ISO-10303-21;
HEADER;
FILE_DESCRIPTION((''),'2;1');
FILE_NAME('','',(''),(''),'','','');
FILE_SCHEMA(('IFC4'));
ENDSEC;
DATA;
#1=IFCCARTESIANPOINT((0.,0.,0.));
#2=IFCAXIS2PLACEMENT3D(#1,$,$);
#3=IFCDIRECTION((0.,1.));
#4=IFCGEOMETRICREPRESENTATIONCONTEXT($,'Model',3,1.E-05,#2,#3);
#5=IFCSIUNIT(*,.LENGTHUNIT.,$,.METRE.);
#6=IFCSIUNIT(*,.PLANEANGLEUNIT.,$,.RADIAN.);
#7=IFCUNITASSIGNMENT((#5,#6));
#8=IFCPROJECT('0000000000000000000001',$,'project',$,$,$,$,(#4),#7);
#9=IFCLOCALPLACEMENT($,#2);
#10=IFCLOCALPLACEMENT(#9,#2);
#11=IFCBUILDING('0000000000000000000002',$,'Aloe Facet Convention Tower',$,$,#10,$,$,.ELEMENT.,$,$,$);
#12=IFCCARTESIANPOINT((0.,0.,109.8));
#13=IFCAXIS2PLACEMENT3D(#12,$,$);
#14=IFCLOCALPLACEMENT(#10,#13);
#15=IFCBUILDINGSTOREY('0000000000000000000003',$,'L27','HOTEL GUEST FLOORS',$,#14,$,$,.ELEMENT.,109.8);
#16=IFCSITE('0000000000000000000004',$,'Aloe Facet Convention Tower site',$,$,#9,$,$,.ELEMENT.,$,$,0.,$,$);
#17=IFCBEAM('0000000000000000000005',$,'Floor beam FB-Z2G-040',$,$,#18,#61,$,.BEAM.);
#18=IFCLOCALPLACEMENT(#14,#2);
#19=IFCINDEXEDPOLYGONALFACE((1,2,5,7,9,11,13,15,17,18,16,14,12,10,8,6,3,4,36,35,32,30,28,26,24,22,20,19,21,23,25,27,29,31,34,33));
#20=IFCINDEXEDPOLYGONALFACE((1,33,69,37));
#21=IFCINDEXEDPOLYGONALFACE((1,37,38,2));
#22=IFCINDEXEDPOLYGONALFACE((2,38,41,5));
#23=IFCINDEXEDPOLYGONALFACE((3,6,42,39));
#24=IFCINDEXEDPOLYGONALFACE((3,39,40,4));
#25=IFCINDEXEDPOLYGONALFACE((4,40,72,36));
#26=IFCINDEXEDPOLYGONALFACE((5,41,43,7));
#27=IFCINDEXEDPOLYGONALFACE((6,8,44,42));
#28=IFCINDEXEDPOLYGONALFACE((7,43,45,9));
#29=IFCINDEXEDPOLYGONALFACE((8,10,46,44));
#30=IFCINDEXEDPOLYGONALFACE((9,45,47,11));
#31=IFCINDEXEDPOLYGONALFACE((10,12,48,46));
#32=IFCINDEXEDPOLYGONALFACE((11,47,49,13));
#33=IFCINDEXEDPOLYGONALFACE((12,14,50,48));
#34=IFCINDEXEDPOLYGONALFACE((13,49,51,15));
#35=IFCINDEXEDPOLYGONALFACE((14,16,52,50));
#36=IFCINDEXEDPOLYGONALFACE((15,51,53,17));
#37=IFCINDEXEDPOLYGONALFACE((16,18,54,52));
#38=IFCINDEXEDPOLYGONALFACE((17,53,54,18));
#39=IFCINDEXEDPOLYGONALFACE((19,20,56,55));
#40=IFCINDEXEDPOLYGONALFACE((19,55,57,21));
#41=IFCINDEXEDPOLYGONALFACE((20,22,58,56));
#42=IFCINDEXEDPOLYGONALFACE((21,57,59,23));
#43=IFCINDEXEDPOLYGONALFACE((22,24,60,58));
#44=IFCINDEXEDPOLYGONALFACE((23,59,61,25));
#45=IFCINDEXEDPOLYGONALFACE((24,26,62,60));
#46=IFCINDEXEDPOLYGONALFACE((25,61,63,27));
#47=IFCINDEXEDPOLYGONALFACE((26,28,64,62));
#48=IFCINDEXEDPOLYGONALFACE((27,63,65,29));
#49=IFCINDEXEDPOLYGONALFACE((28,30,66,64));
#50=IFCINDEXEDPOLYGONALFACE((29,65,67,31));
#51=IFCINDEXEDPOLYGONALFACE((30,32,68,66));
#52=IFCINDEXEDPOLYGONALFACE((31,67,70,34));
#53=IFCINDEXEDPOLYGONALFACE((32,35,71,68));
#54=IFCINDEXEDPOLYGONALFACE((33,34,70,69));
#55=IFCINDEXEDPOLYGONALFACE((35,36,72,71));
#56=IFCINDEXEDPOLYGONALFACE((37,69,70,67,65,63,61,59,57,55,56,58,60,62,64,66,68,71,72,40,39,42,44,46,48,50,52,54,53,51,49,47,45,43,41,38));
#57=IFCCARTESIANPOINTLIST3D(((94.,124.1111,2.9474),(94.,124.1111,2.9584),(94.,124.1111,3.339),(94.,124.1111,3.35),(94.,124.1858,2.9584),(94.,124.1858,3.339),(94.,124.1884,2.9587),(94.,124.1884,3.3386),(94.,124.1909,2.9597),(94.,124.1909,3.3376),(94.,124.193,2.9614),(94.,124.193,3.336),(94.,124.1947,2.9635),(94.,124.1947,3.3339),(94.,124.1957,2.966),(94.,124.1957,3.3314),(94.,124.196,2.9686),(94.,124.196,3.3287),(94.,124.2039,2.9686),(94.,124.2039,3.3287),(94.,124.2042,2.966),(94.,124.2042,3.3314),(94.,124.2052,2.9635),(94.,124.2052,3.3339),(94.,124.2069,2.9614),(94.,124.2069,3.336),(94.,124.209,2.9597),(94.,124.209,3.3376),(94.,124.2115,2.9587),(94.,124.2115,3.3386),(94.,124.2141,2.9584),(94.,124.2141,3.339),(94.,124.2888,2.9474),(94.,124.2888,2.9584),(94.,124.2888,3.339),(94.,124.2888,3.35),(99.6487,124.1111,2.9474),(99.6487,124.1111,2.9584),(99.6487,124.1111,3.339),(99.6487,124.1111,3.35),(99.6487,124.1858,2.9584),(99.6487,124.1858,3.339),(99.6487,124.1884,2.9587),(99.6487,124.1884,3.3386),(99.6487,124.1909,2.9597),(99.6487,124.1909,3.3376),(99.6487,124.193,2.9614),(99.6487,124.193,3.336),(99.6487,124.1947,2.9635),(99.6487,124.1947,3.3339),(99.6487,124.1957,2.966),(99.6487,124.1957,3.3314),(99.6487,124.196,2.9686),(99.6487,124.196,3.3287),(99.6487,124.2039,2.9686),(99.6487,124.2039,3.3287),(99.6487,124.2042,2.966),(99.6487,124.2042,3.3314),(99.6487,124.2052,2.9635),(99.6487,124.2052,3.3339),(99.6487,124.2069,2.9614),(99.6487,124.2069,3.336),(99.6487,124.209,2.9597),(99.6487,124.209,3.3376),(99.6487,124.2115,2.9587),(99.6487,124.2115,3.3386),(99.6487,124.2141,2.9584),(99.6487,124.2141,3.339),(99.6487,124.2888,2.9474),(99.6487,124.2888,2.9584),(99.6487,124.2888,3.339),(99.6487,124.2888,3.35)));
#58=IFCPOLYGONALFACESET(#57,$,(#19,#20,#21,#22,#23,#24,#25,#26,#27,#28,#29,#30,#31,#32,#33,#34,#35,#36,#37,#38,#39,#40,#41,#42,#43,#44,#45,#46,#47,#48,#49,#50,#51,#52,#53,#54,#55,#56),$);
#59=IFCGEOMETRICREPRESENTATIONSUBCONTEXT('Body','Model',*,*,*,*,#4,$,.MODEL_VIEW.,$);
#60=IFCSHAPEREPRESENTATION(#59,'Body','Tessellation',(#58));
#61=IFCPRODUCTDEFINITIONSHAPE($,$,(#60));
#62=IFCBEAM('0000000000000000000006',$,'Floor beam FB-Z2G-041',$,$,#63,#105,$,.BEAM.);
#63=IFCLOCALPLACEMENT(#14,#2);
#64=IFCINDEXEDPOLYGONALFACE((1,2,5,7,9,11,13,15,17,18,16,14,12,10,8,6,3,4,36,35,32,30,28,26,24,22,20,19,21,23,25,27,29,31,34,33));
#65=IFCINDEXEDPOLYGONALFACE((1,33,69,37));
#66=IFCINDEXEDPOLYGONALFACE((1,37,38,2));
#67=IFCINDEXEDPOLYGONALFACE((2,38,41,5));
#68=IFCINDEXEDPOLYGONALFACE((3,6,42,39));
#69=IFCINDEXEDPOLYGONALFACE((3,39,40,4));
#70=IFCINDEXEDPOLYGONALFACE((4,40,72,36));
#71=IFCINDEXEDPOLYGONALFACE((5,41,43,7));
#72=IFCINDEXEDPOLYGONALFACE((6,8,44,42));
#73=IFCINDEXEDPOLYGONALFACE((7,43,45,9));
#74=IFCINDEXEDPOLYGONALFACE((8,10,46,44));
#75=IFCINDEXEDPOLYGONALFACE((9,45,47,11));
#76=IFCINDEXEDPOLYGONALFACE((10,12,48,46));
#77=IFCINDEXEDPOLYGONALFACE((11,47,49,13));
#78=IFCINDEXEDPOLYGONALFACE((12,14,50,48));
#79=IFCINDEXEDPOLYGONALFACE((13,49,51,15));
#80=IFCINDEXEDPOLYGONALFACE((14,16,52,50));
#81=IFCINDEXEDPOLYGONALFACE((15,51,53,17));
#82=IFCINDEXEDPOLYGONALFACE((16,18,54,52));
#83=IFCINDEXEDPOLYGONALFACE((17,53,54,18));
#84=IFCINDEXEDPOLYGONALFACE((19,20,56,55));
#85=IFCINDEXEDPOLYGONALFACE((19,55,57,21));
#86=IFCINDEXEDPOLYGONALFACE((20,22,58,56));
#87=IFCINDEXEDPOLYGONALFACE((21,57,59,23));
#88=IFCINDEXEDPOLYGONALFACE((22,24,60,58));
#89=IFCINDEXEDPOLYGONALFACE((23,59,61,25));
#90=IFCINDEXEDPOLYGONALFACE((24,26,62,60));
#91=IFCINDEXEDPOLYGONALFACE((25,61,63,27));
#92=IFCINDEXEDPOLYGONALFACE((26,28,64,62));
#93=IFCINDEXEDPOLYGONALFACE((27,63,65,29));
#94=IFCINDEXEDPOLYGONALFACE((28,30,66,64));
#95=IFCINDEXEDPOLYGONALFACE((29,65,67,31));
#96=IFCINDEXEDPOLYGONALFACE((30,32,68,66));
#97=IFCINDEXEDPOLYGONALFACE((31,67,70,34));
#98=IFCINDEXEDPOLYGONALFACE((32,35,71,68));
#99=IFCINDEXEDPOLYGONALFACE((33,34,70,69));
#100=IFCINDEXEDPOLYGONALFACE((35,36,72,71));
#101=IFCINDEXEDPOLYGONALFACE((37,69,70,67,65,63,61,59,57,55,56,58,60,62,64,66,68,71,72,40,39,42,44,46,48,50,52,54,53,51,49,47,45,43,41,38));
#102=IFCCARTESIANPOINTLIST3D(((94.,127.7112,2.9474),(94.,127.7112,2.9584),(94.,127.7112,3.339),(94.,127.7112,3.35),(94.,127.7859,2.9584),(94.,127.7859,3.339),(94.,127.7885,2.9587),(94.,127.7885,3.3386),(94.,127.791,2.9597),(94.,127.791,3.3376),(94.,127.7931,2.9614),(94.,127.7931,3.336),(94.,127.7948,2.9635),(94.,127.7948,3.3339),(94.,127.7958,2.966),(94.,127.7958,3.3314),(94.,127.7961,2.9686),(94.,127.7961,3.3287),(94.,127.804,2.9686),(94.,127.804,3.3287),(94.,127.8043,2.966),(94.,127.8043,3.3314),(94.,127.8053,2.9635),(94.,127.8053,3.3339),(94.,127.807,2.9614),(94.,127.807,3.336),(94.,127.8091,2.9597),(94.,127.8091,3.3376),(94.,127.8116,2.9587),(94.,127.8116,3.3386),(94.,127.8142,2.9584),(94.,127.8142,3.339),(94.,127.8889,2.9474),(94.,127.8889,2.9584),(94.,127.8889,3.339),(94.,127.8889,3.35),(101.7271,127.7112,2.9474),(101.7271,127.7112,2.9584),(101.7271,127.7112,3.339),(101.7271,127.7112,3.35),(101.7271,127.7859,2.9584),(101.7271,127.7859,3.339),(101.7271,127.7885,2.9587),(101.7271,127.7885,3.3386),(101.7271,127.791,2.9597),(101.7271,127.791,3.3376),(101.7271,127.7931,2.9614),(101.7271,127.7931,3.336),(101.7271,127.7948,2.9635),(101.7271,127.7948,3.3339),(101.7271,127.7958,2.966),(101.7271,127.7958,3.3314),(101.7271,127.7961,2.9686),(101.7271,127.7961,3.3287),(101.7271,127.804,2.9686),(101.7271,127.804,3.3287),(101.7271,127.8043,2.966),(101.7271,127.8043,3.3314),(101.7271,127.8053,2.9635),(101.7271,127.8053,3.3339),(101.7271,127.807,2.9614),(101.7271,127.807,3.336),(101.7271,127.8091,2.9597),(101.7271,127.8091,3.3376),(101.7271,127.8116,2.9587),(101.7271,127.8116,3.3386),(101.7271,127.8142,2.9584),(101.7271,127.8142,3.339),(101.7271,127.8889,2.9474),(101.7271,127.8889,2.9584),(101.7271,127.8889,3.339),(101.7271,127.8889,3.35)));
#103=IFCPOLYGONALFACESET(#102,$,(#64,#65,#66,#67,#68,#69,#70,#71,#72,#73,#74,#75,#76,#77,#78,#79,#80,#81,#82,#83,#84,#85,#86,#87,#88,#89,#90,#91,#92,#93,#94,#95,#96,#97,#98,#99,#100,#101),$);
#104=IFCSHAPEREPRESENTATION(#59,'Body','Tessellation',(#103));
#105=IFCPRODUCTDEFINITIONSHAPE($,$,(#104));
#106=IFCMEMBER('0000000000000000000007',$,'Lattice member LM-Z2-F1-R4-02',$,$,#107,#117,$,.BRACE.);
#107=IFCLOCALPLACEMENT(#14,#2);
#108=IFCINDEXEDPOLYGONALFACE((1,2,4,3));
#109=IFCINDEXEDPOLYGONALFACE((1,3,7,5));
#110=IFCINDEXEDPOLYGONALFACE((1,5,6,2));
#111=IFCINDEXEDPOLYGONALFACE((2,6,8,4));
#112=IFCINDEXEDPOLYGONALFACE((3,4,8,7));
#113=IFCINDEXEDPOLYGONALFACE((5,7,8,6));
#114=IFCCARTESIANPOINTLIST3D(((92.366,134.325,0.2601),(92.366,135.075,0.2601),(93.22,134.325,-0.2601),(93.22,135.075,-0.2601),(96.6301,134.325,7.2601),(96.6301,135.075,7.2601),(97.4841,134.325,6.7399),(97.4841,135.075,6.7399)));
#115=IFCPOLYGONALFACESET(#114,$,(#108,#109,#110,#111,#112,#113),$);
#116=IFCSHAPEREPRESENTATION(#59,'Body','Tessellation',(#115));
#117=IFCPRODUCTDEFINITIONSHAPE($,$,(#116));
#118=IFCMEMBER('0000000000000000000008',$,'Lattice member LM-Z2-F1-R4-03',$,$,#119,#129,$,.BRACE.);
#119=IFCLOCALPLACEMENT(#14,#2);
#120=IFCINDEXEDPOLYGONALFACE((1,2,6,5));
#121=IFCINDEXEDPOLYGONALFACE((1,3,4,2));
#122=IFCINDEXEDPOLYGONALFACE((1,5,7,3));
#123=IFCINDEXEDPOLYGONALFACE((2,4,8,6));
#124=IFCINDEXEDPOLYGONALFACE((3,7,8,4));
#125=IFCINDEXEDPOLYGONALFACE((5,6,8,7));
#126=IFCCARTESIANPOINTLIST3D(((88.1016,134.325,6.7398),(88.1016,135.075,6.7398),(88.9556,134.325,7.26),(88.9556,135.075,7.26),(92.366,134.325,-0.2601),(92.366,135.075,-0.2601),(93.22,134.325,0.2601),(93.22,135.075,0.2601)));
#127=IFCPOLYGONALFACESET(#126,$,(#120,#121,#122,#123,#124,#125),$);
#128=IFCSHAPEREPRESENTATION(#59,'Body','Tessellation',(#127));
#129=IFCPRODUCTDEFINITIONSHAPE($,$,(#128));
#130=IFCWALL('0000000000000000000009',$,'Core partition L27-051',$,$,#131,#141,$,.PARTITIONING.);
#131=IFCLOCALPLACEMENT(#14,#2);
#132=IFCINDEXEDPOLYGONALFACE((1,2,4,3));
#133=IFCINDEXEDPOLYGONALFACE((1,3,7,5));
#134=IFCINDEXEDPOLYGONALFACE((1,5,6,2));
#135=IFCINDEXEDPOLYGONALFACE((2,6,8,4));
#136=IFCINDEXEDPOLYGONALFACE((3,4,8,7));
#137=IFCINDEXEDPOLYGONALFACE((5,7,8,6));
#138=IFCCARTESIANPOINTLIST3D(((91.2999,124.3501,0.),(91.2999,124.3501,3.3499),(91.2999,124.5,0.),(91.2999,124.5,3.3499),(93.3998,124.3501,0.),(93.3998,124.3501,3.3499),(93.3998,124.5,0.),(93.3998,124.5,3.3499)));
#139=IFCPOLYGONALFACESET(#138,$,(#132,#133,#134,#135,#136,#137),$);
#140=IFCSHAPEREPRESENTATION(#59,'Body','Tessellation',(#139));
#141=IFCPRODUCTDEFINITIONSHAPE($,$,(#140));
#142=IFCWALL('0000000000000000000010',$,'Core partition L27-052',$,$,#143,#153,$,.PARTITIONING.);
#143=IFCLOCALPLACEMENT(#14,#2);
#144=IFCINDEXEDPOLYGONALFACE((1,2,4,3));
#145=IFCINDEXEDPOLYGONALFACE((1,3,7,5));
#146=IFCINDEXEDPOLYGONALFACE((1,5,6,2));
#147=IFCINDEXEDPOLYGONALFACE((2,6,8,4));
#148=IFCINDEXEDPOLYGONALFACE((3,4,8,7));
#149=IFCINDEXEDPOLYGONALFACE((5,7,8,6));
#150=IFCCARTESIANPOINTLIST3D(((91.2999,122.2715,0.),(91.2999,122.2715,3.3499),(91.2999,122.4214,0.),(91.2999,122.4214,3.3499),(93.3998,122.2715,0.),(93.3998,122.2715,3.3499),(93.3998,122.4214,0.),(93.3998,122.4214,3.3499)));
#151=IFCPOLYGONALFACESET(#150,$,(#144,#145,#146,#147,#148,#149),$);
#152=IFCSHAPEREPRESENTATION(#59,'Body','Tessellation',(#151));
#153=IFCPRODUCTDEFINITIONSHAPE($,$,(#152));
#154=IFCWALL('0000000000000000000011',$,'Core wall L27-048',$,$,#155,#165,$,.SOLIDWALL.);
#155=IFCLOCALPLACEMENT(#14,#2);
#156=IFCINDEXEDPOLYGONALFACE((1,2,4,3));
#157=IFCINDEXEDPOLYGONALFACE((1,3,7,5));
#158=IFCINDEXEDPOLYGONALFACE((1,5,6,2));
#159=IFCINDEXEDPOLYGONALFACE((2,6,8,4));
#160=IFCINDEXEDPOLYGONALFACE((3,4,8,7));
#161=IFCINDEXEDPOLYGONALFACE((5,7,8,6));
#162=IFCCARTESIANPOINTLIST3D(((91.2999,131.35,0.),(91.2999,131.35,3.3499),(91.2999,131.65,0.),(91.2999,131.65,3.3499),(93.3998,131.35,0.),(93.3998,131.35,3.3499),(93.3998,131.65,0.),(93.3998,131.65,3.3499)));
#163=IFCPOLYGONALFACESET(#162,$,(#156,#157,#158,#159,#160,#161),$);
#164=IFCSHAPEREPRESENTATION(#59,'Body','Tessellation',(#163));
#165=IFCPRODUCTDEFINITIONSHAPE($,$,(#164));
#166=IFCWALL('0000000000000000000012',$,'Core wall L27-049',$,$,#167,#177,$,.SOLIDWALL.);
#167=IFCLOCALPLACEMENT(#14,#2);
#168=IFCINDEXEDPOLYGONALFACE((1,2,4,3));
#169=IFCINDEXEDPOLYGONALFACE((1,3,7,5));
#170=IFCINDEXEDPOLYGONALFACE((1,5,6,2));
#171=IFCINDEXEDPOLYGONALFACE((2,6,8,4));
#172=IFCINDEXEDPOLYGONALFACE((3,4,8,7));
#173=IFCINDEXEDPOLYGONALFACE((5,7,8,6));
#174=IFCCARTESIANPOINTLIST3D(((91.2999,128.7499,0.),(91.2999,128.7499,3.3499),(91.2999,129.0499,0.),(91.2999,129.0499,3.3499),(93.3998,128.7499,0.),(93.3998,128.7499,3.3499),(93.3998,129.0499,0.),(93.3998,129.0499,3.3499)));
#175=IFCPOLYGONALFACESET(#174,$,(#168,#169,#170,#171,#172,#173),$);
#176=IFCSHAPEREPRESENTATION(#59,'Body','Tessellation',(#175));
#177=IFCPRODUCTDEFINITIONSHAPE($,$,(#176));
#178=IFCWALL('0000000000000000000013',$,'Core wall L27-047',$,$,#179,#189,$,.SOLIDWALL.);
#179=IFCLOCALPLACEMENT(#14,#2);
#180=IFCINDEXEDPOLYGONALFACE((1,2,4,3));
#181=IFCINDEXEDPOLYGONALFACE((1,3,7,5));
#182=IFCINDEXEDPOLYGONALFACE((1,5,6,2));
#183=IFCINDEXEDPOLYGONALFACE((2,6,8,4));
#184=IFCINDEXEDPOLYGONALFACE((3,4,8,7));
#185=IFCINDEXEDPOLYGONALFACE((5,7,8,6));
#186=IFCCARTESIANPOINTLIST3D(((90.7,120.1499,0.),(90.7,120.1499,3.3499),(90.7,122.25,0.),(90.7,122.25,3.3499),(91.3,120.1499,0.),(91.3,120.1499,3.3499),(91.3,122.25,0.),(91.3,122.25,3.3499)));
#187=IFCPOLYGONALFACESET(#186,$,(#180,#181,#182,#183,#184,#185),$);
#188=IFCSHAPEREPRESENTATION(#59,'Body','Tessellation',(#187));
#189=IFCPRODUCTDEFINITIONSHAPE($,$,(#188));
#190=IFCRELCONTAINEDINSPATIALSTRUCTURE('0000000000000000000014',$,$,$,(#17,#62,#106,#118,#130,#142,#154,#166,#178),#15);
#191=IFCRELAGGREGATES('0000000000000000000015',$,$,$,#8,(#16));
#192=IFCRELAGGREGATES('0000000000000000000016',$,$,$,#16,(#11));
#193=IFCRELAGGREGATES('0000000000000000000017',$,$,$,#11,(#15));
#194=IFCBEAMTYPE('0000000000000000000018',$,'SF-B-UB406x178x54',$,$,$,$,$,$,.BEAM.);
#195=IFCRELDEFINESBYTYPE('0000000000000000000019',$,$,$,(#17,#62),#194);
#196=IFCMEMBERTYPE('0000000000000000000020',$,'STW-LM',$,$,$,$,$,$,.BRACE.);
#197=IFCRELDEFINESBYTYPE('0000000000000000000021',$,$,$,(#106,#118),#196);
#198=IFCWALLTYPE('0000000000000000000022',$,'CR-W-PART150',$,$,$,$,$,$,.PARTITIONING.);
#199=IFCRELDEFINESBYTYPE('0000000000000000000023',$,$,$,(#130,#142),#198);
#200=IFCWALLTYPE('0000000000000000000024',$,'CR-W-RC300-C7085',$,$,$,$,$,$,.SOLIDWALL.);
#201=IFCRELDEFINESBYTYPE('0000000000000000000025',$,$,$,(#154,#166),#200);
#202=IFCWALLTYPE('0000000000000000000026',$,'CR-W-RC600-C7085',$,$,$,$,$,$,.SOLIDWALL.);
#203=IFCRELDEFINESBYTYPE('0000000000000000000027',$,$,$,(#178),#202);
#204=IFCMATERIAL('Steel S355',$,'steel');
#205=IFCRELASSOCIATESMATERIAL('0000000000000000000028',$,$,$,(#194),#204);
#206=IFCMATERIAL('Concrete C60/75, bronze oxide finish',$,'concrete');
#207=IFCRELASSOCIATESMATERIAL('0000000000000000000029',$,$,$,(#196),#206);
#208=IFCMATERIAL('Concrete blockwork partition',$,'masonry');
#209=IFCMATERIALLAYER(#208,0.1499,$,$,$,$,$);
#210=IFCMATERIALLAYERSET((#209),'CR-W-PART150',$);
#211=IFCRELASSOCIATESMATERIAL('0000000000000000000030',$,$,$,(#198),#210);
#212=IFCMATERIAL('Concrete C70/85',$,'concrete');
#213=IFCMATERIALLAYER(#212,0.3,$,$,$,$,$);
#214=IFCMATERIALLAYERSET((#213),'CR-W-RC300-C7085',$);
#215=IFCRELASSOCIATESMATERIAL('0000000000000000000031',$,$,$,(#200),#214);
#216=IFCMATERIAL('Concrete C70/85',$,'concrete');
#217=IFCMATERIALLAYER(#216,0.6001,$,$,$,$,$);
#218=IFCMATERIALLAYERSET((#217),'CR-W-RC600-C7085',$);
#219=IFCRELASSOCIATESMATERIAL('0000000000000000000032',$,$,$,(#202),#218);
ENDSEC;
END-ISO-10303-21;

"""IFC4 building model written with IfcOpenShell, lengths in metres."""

from ifc_helpers import new_model, si_unit, direction, frame, frame_2d, origin, origin_2d, place, context, subcontext, project, spatial, rectangle, i_section, extrude, material, layer, layer_set, material_profile, profile_set, type_object, element, save


model = new_model("IFC4")

# Units and contexts
model_context = context("Model", 3, precision=1e-05, world=origin(), true_north=direction((0.0, 1.0)))
body_context = subcontext(model_context, "Body", "Model", "MODEL_VIEW")
ifc_project = project(units=[si_unit("LENGTHUNIT", "METRE"), si_unit("PLANEANGLEUNIT", "RADIAN")], contexts=[model_context])

# Site, building, storey
site_placement = place(None, origin())
site = spatial("IfcSite", under=ifc_project, at=site_placement, Name="Aloe Facet Convention Tower site", CompositionType="ELEMENT", RefElevation=0.0)
building_placement = place(site_placement, origin())
building = spatial("IfcBuilding", under=site, at=building_placement, Name="Aloe Facet Convention Tower", CompositionType="ELEMENT")
storey_placement = place(building_placement, frame((0.0, 0.0, 109.8)))
storey = spatial("IfcBuildingStorey", under=building, at=storey_placement, Name="L27", Description="HOTEL GUEST FLOORS", CompositionType="ELEMENT", Elevation=109.8)

# Beams
ifc_material_1 = material(Name="Steel S355", Category="steel")
ifc_material_profile_1 = material_profile(ifc_material_1, i_section(OverallWidth=0.1777, OverallDepth=0.4026, WebThickness=0.0078, FlangeThickness=0.011, FilletRadius=0.0103, at=origin_2d()), Name="UB 406x178x54")
ifc_profile_set_1 = profile_set([ifc_material_profile_1], Name="Steel S355")
beam_type = type_object("IfcBeamType", Name="SF-B-UB406x178x54", PredefinedType="BEAM", material=ifc_profile_set_1)
beam_1_placement = place(storey_placement, frame((94.0, 124.2, 3.1487), z_axis=(1.0, 0.0, 0.0), x_axis=(0.0, 1.0, 0.0)))
element("IfcBeam", 1, at=beam_1_placement, inside=storey, type_object=beam_type, Name="Floor beam FB-Z2G-040", PredefinedType="BEAM", context=body_context, shape_type="SweptSolid", body=[
    extrude(i_section(OverallWidth=0.1777, OverallDepth=0.4026, WebThickness=0.0078, FlangeThickness=0.011, FilletRadius=0.0103, at=origin_2d()), origin(), (0.0, 0.0, 1.0), 5.6487),
])
beam_2_placement = place(storey_placement, frame((94.0, 127.8, 3.1487), z_axis=(1.0, 0.0, 0.0), x_axis=(0.0, 1.0, 0.0)))
element("IfcBeam", 2, at=beam_2_placement, inside=storey, type_object=beam_type, Name="Floor beam FB-Z2G-041", PredefinedType="BEAM", context=body_context, shape_type="SweptSolid", body=[
    extrude(i_section(OverallWidth=0.1777, OverallDepth=0.4026, WebThickness=0.0078, FlangeThickness=0.011, FilletRadius=0.0103, at=origin_2d()), origin(), (0.0, 0.0, 1.0), 7.7271),
])

# Members
ifc_material_2 = material(Name="Concrete C60/75, bronze oxide finish", Category="concrete")
ifc_material_profile_2 = material_profile(ifc_material_2, rectangle(XDim=0.75, YDim=1.0, at=origin_2d()), Name="STW-LM")
ifc_profile_set_2 = profile_set([ifc_material_profile_2], Name="Concrete C60/75, bronze oxide finish")
member_type = type_object("IfcMemberType", Name="STW-LM", PredefinedType="BRACE", material=ifc_profile_set_2)
for number, where, z_axis, x_axis, name in (
    (3, (92.793, 134.7, 0.0), (0.52024, 0.0, 0.85402), (0.0, 1.0, 0.0), "Lattice member LM-Z2-F1-R4-02"),
    (4, (92.793, 134.7, 0.0), (-0.520262, 0.0, 0.854007), (0.0, -1.0, 0.0), "Lattice member LM-Z2-F1-R4-03"),
):
    element("IfcMember", number, at=place(storey_placement, frame(where, z_axis=z_axis, x_axis=x_axis)), inside=storey, type_object=member_type, Name=name, PredefinedType="BRACE", context=body_context, shape_type="SweptSolid", body=[
        extrude(rectangle(XDim=0.75, YDim=1.0, at=origin_2d()), origin(), (0.0, 0.0, 1.0), 8.1965),
    ])

# Walls
ifc_material_3 = material(Name="Concrete blockwork partition", Category="masonry")
ifc_layer_1 = layer(ifc_material_3, 0.1499)
ifc_layer_set_1 = layer_set([ifc_layer_1], Name="CR-W-PART150")
wall_type_1 = type_object("IfcWallType", Name="CR-W-PART150", PredefinedType="PARTITIONING", material=ifc_layer_set_1)
for number, where, z_axis, x_axis, name in (
    (5, (91.3, 124.425, 0.0), (0.0, 0.0, 1.0), (1.0, 0.0, 0.0), "Core partition L27-051"),
    (6, (91.3, 122.3464, 0.0), (0.0, 0.0, 1.0), (1.0, 0.0, 0.0), "Core partition L27-052"),
):
    element("IfcWall", number, at=place(storey_placement, frame(where, z_axis=z_axis, x_axis=x_axis)), inside=storey, type_object=wall_type_1, Name=name, PredefinedType="PARTITIONING", context=body_context, shape_type="SweptSolid", body=[
        extrude(rectangle(XDim=2.0999, YDim=0.1499, at=frame_2d((1.0498, 0.0))), origin(), (0.0, 0.0, 1.0), 3.3499),
    ])
ifc_material_4 = material(Name="Concrete C70/85", Category="concrete")
ifc_layer_2 = layer(ifc_material_4, 0.3)
ifc_layer_set_2 = layer_set([ifc_layer_2], Name="CR-W-RC300-C7085")
wall_type_2 = type_object("IfcWallType", Name="CR-W-RC300-C7085", PredefinedType="SOLIDWALL", material=ifc_layer_set_2)
for number, where, z_axis, x_axis, name in (
    (7, (91.3, 131.5, 0.0), (0.0, 0.0, 1.0), (1.0, 0.0, 0.0), "Core wall L27-048"),
    (8, (91.3, 128.8999, 0.0), (0.0, 0.0, 1.0), (1.0, 0.0, 0.0), "Core wall L27-049"),
):
    element("IfcWall", number, at=place(storey_placement, frame(where, z_axis=z_axis, x_axis=x_axis)), inside=storey, type_object=wall_type_2, Name=name, PredefinedType="SOLIDWALL", context=body_context, shape_type="SweptSolid", body=[
        extrude(rectangle(XDim=2.0999, YDim=0.3, at=frame_2d((1.0498, 0.0))), origin(), (0.0, 0.0, 1.0), 3.3499),
    ])
ifc_material_5 = material(Name="Concrete C70/85", Category="concrete")
ifc_layer_3 = layer(ifc_material_5, 0.6001)
ifc_layer_set_3 = layer_set([ifc_layer_3], Name="CR-W-RC600-C7085")
wall_type_3 = type_object("IfcWallType", Name="CR-W-RC600-C7085", PredefinedType="SOLIDWALL", material=ifc_layer_set_3)
wall_1_placement = place(storey_placement, frame((91.0, 122.25, 0.0), z_axis=(0.0, 0.0, 1.0), x_axis=(0.0, -1.0, 0.0)))
element("IfcWall", 9, at=wall_1_placement, inside=storey, type_object=wall_type_3, Name="Core wall L27-047", PredefinedType="SOLIDWALL", context=body_context, shape_type="SweptSolid", body=[
    extrude(rectangle(XDim=2.1001, YDim=0.6001, at=frame_2d((1.05, 0.0))), origin(), (0.0, 0.0, 1.0), 3.3499),
])

save(model, "model.ifc")
